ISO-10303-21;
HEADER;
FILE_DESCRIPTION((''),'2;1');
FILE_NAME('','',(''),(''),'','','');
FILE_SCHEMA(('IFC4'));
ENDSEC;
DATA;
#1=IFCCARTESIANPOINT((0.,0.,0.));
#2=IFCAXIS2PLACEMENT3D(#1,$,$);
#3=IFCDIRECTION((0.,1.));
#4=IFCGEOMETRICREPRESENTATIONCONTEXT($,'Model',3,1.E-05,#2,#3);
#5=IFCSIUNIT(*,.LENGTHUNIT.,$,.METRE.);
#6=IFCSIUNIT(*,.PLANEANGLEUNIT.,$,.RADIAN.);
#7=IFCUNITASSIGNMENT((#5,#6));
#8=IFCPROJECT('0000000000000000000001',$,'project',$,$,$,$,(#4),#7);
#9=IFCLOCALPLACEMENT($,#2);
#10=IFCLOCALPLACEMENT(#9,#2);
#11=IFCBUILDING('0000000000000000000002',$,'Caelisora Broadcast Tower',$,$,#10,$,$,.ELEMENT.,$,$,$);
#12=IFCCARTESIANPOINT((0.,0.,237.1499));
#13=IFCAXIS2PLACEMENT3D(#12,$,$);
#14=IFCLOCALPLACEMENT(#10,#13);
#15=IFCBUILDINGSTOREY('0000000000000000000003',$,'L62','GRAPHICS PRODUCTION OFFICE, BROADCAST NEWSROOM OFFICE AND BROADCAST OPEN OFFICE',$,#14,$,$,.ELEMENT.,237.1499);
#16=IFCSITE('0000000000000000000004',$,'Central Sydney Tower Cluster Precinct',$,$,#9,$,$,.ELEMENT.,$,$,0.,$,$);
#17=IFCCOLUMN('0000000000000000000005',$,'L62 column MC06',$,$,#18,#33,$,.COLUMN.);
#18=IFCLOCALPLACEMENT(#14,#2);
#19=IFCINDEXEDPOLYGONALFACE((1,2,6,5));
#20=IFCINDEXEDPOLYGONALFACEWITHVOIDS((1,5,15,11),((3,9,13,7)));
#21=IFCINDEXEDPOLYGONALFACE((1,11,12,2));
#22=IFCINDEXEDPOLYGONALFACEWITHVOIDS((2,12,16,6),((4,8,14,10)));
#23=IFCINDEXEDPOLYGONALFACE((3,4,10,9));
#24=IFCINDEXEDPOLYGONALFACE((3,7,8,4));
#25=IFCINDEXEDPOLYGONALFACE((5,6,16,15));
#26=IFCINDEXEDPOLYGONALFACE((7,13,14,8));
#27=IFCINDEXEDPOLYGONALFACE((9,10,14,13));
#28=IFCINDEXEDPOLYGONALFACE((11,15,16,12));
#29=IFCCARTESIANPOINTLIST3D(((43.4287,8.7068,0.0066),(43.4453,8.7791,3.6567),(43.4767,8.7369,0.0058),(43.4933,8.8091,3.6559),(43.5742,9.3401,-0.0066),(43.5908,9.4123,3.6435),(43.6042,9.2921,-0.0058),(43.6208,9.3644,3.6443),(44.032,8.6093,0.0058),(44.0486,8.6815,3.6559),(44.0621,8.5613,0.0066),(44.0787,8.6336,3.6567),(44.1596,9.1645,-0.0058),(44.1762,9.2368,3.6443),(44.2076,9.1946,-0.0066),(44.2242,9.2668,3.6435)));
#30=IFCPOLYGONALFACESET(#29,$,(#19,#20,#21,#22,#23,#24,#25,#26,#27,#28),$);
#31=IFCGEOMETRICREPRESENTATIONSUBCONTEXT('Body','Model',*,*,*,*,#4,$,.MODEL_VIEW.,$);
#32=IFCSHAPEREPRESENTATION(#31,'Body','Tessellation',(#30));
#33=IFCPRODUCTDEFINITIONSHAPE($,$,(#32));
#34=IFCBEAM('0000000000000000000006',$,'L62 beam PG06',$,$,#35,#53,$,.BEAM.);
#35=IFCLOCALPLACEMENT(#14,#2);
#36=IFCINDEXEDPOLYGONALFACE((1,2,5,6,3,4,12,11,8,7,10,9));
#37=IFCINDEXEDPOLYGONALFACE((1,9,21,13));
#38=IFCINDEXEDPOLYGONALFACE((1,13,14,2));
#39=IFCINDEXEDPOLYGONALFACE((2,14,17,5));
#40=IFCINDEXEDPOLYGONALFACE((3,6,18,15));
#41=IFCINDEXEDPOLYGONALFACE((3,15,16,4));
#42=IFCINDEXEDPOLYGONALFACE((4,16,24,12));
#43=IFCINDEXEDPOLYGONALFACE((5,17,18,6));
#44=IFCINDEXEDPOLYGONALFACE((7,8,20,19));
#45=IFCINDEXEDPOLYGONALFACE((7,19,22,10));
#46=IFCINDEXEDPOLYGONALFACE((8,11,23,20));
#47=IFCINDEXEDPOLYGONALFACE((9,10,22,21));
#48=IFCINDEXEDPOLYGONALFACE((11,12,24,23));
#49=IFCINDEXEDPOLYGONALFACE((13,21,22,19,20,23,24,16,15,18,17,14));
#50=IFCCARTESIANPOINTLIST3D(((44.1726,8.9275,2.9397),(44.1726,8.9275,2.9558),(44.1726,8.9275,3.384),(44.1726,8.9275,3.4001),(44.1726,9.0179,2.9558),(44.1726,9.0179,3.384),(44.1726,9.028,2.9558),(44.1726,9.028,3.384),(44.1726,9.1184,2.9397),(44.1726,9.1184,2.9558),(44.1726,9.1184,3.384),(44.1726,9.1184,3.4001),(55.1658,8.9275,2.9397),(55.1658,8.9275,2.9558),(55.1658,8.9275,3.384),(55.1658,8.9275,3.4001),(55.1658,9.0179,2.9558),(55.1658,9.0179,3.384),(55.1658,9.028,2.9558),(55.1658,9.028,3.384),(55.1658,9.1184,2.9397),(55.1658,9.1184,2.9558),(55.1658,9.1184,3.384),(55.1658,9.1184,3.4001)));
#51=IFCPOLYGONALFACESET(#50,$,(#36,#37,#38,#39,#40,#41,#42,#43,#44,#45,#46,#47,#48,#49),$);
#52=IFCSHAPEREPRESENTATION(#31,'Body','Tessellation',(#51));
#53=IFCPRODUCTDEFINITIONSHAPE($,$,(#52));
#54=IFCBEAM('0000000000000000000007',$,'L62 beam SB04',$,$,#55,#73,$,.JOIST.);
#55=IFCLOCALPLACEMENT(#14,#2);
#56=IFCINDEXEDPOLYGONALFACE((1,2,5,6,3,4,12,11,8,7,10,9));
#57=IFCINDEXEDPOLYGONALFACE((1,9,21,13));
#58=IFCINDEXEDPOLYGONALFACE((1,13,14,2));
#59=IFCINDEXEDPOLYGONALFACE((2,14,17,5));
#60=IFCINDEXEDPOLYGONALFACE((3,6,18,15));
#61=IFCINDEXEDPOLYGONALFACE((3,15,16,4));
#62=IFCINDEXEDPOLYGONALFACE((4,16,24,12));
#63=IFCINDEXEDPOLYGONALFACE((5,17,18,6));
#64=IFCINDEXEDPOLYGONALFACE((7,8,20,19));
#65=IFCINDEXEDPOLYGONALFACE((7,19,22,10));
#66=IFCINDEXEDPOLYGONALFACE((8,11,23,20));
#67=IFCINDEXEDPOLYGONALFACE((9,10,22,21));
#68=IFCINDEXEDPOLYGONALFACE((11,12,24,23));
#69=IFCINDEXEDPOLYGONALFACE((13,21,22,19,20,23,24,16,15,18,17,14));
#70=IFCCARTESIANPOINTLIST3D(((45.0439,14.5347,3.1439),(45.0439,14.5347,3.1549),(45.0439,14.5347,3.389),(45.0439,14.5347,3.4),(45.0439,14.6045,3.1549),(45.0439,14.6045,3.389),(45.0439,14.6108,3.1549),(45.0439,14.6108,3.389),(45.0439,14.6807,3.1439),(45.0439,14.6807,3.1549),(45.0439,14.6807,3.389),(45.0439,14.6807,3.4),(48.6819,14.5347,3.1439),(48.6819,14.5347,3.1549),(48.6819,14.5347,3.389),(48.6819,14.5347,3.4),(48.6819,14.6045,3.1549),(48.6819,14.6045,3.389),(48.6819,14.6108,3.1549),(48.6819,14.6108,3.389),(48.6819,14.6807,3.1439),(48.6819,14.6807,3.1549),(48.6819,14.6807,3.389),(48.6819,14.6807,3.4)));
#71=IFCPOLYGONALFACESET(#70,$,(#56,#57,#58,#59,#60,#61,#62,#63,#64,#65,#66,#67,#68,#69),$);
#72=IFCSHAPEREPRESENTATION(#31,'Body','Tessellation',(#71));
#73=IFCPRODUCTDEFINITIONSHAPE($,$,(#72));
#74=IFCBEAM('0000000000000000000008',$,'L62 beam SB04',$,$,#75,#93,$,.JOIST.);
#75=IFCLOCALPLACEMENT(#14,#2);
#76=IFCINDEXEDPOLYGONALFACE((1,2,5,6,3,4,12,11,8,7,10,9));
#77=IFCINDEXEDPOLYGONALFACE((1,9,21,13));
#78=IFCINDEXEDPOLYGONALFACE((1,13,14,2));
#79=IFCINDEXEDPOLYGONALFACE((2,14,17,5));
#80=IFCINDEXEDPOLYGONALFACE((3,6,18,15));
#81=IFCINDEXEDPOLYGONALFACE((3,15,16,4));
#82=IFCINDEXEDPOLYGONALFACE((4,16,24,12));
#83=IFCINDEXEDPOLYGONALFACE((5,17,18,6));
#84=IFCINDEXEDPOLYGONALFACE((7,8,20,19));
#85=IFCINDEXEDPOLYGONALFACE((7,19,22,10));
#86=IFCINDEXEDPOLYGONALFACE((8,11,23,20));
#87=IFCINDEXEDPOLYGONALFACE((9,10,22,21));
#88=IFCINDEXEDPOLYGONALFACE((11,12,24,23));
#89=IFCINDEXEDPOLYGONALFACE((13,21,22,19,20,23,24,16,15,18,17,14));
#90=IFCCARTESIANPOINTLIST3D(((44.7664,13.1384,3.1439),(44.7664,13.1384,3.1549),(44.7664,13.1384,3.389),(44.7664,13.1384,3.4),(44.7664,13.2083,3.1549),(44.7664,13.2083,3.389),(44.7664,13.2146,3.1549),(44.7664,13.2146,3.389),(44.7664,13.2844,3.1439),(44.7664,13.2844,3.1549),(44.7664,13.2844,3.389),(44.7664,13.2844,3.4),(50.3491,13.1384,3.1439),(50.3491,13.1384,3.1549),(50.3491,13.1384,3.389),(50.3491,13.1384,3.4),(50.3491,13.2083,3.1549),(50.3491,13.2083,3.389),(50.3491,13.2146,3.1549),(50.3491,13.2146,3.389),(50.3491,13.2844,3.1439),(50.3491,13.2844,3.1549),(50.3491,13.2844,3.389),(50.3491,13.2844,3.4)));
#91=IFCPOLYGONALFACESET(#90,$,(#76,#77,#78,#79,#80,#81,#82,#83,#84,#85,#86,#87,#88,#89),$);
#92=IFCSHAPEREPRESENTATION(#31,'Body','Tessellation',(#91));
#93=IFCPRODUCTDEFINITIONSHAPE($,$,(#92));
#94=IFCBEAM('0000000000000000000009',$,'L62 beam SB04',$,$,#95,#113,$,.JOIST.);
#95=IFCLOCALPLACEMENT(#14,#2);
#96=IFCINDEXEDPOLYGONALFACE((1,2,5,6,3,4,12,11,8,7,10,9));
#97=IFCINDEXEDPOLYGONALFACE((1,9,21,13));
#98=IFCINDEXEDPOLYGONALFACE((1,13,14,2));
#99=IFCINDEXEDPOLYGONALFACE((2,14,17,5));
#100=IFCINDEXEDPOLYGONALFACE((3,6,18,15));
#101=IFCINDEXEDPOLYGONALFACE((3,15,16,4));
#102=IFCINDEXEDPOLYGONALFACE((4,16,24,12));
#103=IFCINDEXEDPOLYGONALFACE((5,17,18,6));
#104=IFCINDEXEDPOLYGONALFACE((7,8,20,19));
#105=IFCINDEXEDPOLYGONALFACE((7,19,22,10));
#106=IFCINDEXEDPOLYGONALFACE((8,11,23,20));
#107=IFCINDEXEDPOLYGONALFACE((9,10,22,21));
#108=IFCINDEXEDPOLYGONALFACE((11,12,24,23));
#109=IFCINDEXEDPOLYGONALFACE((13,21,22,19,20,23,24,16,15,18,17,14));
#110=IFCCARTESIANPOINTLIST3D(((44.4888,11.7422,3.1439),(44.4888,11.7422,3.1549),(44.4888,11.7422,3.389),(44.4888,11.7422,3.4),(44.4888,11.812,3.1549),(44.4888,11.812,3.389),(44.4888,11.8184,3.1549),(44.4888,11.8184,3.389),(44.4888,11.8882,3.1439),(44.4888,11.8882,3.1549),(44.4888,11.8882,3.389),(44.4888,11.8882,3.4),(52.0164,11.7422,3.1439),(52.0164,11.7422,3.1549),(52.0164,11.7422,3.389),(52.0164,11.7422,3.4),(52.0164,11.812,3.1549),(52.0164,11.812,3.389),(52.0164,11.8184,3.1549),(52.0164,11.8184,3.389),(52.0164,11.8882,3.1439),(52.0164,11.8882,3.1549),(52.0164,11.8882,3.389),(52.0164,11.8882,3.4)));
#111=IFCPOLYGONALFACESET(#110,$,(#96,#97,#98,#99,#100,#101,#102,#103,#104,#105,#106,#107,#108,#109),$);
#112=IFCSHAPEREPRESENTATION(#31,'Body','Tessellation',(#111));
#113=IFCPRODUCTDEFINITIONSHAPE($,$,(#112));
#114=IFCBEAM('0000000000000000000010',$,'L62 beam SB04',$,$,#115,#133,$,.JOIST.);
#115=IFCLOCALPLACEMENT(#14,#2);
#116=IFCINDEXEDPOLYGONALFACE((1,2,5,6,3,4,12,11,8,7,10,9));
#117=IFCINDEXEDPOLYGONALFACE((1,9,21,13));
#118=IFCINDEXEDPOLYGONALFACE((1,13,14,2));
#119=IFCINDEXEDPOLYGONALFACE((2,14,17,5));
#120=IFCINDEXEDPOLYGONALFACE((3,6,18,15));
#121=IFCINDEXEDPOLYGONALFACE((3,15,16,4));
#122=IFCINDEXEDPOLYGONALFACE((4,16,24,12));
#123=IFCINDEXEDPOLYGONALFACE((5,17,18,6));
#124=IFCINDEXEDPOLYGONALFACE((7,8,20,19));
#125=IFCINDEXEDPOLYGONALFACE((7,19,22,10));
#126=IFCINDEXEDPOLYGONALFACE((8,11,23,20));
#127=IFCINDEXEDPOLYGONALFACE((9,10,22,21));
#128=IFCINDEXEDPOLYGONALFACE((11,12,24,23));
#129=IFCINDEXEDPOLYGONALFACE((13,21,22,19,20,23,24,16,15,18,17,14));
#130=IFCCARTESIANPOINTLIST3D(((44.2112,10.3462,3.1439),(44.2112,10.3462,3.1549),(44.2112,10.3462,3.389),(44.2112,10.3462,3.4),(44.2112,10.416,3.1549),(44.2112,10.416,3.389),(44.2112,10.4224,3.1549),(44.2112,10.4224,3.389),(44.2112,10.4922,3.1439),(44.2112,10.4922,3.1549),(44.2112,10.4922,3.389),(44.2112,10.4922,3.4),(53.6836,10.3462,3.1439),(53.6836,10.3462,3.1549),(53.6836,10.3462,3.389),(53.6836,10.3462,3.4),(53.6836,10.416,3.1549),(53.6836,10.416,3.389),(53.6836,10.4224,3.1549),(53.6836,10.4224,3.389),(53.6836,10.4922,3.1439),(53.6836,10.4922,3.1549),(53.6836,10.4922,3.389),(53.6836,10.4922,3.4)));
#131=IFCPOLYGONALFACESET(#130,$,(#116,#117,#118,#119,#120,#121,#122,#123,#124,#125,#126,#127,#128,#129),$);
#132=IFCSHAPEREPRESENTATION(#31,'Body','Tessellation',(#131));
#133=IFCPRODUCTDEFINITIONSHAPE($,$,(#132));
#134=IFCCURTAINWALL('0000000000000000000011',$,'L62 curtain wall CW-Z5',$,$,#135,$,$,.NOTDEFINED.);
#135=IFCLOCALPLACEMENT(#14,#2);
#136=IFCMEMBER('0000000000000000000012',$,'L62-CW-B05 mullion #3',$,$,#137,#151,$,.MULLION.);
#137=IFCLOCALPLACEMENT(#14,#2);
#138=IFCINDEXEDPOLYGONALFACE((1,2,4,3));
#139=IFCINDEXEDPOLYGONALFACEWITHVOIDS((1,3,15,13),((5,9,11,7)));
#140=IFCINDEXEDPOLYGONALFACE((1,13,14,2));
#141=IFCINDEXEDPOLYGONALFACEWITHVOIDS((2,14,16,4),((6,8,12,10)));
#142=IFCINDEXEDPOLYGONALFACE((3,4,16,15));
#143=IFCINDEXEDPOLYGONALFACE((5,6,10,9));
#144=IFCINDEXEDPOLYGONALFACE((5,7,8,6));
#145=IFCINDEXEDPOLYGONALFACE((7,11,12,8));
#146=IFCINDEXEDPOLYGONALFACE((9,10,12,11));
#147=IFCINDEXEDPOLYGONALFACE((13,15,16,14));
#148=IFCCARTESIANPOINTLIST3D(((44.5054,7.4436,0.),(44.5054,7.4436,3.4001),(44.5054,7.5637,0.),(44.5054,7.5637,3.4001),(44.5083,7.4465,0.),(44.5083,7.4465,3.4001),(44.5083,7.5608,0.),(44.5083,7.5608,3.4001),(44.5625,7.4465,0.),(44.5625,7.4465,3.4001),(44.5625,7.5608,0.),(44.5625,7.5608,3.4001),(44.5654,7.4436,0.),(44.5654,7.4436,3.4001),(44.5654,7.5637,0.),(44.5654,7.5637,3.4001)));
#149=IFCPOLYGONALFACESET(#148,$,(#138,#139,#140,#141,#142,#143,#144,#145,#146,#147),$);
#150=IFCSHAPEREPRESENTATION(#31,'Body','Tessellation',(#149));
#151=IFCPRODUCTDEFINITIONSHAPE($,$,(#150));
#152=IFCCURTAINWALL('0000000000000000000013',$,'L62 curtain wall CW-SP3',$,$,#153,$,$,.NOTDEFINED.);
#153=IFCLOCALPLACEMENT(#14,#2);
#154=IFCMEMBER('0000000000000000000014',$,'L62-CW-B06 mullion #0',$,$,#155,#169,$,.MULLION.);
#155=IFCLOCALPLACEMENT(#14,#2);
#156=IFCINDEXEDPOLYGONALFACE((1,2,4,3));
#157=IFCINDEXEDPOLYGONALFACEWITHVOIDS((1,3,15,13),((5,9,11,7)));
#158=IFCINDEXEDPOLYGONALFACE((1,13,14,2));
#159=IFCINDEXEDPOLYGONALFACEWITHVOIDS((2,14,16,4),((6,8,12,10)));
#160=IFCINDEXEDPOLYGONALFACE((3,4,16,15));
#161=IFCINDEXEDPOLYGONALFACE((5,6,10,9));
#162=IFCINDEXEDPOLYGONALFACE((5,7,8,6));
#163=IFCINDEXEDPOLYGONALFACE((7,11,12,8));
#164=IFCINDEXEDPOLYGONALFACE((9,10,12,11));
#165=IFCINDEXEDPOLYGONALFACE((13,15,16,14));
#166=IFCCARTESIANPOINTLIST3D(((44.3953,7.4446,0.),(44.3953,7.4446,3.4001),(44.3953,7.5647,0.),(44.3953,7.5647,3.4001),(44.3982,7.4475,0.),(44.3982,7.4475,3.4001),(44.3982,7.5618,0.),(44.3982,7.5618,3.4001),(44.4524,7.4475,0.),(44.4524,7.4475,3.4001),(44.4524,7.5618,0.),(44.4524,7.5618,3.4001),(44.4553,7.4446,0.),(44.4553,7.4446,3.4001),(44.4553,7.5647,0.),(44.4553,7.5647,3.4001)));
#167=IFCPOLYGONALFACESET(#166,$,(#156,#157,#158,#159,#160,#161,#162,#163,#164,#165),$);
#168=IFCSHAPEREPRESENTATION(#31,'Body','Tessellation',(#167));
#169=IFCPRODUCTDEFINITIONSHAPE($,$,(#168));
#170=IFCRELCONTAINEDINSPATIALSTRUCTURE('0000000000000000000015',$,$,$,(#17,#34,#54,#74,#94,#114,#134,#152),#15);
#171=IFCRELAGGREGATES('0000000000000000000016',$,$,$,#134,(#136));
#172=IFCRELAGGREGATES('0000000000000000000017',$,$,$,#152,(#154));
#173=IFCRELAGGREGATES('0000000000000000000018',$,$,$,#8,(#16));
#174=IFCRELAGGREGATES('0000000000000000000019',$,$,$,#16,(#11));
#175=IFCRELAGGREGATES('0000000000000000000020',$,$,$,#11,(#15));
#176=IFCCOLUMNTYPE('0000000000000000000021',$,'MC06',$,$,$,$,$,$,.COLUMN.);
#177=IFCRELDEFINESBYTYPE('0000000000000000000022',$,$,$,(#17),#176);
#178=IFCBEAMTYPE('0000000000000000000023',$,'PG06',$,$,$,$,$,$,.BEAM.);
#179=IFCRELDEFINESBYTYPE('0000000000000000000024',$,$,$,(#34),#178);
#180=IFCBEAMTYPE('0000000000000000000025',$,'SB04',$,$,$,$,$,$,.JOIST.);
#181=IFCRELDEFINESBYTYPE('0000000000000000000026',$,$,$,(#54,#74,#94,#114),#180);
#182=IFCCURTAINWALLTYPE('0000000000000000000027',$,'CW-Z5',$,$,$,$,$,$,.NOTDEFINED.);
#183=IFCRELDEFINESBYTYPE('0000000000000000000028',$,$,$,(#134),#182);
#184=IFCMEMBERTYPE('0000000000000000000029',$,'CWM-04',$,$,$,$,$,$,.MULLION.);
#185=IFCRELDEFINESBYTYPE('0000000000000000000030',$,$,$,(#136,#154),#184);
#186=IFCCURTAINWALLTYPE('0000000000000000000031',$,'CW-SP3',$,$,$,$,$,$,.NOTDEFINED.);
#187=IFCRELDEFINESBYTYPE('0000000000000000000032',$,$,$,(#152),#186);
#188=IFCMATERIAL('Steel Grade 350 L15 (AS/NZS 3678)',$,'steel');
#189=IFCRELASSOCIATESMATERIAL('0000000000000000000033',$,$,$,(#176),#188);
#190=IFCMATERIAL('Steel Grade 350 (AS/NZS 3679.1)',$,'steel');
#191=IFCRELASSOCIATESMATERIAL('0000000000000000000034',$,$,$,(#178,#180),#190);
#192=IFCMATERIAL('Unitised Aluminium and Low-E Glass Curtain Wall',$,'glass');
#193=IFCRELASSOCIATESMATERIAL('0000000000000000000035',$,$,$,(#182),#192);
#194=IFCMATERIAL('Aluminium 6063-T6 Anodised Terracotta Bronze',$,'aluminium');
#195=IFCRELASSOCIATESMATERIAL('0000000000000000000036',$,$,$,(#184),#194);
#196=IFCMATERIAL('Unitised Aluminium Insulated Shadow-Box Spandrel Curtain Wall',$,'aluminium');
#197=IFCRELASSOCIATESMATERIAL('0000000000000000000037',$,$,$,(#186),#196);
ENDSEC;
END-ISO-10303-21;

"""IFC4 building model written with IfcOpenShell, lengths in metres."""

from ifc_helpers import new_model, si_unit, direction, frame, origin, origin_2d, place, context, subcontext, project, spatial, hollow_rectangle, i_section, extrude, source, transform, mapped, material, material_profile, profile_set, type_object, type_shapes, element, aggregate, save


model = new_model("IFC4")

# Units and contexts
model_context = context("Model", 3, precision=1e-05, world=origin(), true_north=direction((0.0, 1.0)))
body_context = subcontext(model_context, "Body", "Model", "MODEL_VIEW")
ifc_project = project(units=[si_unit("LENGTHUNIT", "METRE"), si_unit("PLANEANGLEUNIT", "RADIAN")], contexts=[model_context])

# Site, building, storey
site_placement = place(None, origin())
site = spatial("IfcSite", under=ifc_project, at=site_placement, Name="Central Sydney Tower Cluster Precinct", CompositionType="ELEMENT", RefElevation=0.0)
building_placement = place(site_placement, origin())
building = spatial("IfcBuilding", under=site, at=building_placement, Name="Caelisora Broadcast Tower", CompositionType="ELEMENT")
storey_placement = place(building_placement, frame((0.0, 0.0, 237.1499)))
storey = spatial("IfcBuildingStorey", under=building, at=storey_placement, Name="L62", Description="GRAPHICS PRODUCTION OFFICE, BROADCAST NEWSROOM OFFICE AND BROADCAST OPEN OFFICE", CompositionType="ELEMENT", Elevation=237.1499)

# Column
ifc_material_1 = material(Name="Steel Grade 350 L15 (AS/NZS 3678)", Category="steel")
ifc_material_profile_1 = material_profile(ifc_material_1, hollow_rectangle(XDim=0.6499, YDim=0.6499, WallThickness=0.04, at=origin_2d()), Name="Steel Grade 350 L15 (AS/NZS 3678)")
ifc_profile_set_1 = profile_set([ifc_material_profile_1], Name="Steel Grade 350 L15 (AS/NZS 3678)")
column_type = type_object("IfcColumnType", Name="MC06", PredefinedType="COLUMN", material=ifc_profile_set_1)
shared_shape_1 = source(origin(), body_context, "Body", "SweptSolid", [
    extrude(hollow_rectangle(XDim=0.6499, YDim=0.6499, WallThickness=0.04, at=origin_2d()), origin(), (0.0, 0.0, 1.0), 3.6509),
])
type_shapes(column_type, [shared_shape_1])
column_placement = place(storey_placement, frame((43.8181, 8.9507, 0.0), z_axis=(0.004547, 0.019794, 0.999794), x_axis=(-0.974613, 0.223898, 0.0)))
element("IfcColumn", 1, at=column_placement, inside=storey, type_object=column_type, Name="L62 column MC06", PredefinedType="COLUMN", context=body_context, shape_type="MappedRepresentation", body=[
    mapped(shared_shape_1, transform((0.0, 0.0, 0.0), scale=1.0)),
])

# Beams
ifc_material_2 = material(Name="Steel Grade 350 (AS/NZS 3679.1)", Category="steel")
ifc_material_profile_2 = material_profile(ifc_material_2, i_section(OverallWidth=0.1909, OverallDepth=0.4604, WebThickness=0.01, FlangeThickness=0.0161, at=origin_2d()), Name="Steel Grade 350 (AS/NZS 3679.1)")
ifc_profile_set_2 = profile_set([ifc_material_profile_2], Name="Steel Grade 350 (AS/NZS 3679.1)")
beam_type_1 = type_object("IfcBeamType", Name="PG06", PredefinedType="BEAM", material=ifc_profile_set_2)
shared_shape_2 = source(origin(), body_context, "Body", "SweptSolid", [
    extrude(i_section(OverallWidth=0.1909, OverallDepth=0.4604, WebThickness=0.01, FlangeThickness=0.0161, at=origin_2d()), origin(), (0.0, 0.0, 1.0), 10.9932),
])
type_shapes(beam_type_1, [shared_shape_2])
beam_1_placement = place(storey_placement, frame((44.1726, 9.0229, 3.1699), z_axis=(1.0, 0.0, 0.0), x_axis=(0.0, 1.0, 0.0)))
element("IfcBeam", 2, at=beam_1_placement, inside=storey, type_object=beam_type_1, Name="L62 beam PG06", PredefinedType="BEAM", context=body_context, shape_type="MappedRepresentation", body=[
    mapped(shared_shape_2, transform((0.0, 0.0, 0.0), scale=1.0)),
])
ifc_material_profile_3 = material_profile(ifc_material_2, i_section(OverallWidth=0.146, OverallDepth=0.2561, WebThickness=0.0063, FlangeThickness=0.011, at=origin_2d()), Name="Steel Grade 350 (AS/NZS 3679.1)")
ifc_profile_set_3 = profile_set([ifc_material_profile_3], Name="Steel Grade 350 (AS/NZS 3679.1)")
beam_type_2 = type_object("IfcBeamType", Name="SB04", PredefinedType="JOIST", material=ifc_profile_set_3)
shared_shape_3 = source(origin(), body_context, "Body", "SweptSolid", [
    extrude(i_section(OverallWidth=0.146, OverallDepth=0.2561, WebThickness=0.0063, FlangeThickness=0.011, at=origin_2d()), origin(), (0.0, 0.0, 1.0), 3.6379),
])
beam_2_placement = place(storey_placement, frame((45.0439, 14.6077, 3.272), z_axis=(1.0, 0.0, 0.0), x_axis=(0.0, 1.0, 0.0)))
element("IfcBeam", 3, at=beam_2_placement, inside=storey, type_object=beam_type_2, Name="L62 beam SB04", PredefinedType="JOIST", context=body_context, shape_type="MappedRepresentation", body=[
    mapped(shared_shape_3, transform((0.0, 0.0, 0.0), scale=1.0)),
])
shared_shape_4 = source(origin(), body_context, "Body", "SweptSolid", [
    extrude(i_section(OverallWidth=0.146, OverallDepth=0.2561, WebThickness=0.0063, FlangeThickness=0.011, at=origin_2d()), origin(), (0.0, 0.0, 1.0), 5.5828),
])
beam_3_placement = place(storey_placement, frame((44.7664, 13.2114, 3.272), z_axis=(1.0, 0.0, 0.0), x_axis=(0.0, 1.0, 0.0)))
element("IfcBeam", 4, at=beam_3_placement, inside=storey, type_object=beam_type_2, Name="L62 beam SB04", PredefinedType="JOIST", context=body_context, shape_type="MappedRepresentation", body=[
    mapped(shared_shape_4, transform((0.0, 0.0, 0.0), scale=1.0)),
])
shared_shape_5 = source(origin(), body_context, "Body", "SweptSolid", [
    extrude(i_section(OverallWidth=0.146, OverallDepth=0.2561, WebThickness=0.0063, FlangeThickness=0.011, at=origin_2d()), origin(), (0.0, 0.0, 1.0), 7.5276),
])
beam_4_placement = place(storey_placement, frame((44.4888, 11.8152, 3.272), z_axis=(1.0, 0.0, 0.0), x_axis=(0.0, 1.0, 0.0)))
element("IfcBeam", 5, at=beam_4_placement, inside=storey, type_object=beam_type_2, Name="L62 beam SB04", PredefinedType="JOIST", context=body_context, shape_type="MappedRepresentation", body=[
    mapped(shared_shape_5, transform((0.0, 0.0, 0.0), scale=1.0)),
])
shared_shape_6 = source(origin(), body_context, "Body", "SweptSolid", [
    extrude(i_section(OverallWidth=0.146, OverallDepth=0.2561, WebThickness=0.0063, FlangeThickness=0.011, at=origin_2d()), origin(), (0.0, 0.0, 1.0), 9.4724),
])
type_shapes(beam_type_2, [shared_shape_3, shared_shape_4, shared_shape_5, shared_shape_6])
beam_5_placement = place(storey_placement, frame((44.2112, 10.4192, 3.272), z_axis=(1.0, 0.0, 0.0), x_axis=(0.0, 1.0, 0.0)))
element("IfcBeam", 6, at=beam_5_placement, inside=storey, type_object=beam_type_2, Name="L62 beam SB04", PredefinedType="JOIST", context=body_context, shape_type="MappedRepresentation", body=[
    mapped(shared_shape_6, transform((0.0, 0.0, 0.0), scale=1.0)),
])

# Curtain wall, member
ifc_material_3 = material(Name="Unitised Aluminium and Low-E Glass Curtain Wall", Category="glass")
curtain_wall_type_1 = type_object("IfcCurtainWallType", Name="CW-Z5", PredefinedType="NOTDEFINED", material=ifc_material_3)
curtain_wall_1_placement = place(storey_placement, origin())
curtain_wall_1 = element("IfcCurtainWall", 7, at=curtain_wall_1_placement, inside=storey, type_object=curtain_wall_type_1, Name="L62 curtain wall CW-Z5", PredefinedType="NOTDEFINED")
ifc_material_4 = material(Name="Aluminium 6063-T6 Anodised Terracotta Bronze", Category="aluminium")
ifc_material_profile_4 = material_profile(ifc_material_4, hollow_rectangle(XDim=0.0601, YDim=0.1201, WallThickness=0.0029, at=origin_2d()), Name="Aluminium 6063-T6 Anodised Terracotta Bronze")
ifc_profile_set_4 = profile_set([ifc_material_profile_4], Name="Aluminium 6063-T6 Anodised Terracotta Bronze")
member_type_1 = type_object("IfcMemberType", Name="CWM-04", PredefinedType="MULLION", material=ifc_profile_set_4)
shared_shape_7 = source(origin(), body_context, "Body", "SweptSolid", [
    extrude(hollow_rectangle(XDim=0.0601, YDim=0.1201, WallThickness=0.0029, at=origin_2d()), origin(), (0.0, 0.0, 1.0), 3.4001),
])
type_shapes(member_type_1, [shared_shape_7])
member_1_placement = place(storey_placement, frame((44.5354, 7.5037, 0.0), z_axis=(0.0, 0.0, 1.0), x_axis=(1.0, 0.0, 0.0)))
member_1 = element("IfcMember", 8, at=member_1_placement, type_object=member_type_1, Name="L62-CW-B05 mullion #3", PredefinedType="MULLION", context=body_context, shape_type="MappedRepresentation", body=[
    mapped(shared_shape_7, transform((0.0, 0.0, 0.0), scale=1.0)),
])
aggregate(curtain_wall_1, [member_1])

# Curtain wall, member
ifc_material_5 = material(Name="Unitised Aluminium Insulated Shadow-Box Spandrel Curtain Wall", Category="aluminium")
curtain_wall_type_2 = type_object("IfcCurtainWallType", Name="CW-SP3", PredefinedType="NOTDEFINED", material=ifc_material_5)
curtain_wall_2_placement = place(storey_placement, origin())
curtain_wall_2 = element("IfcCurtainWall", 9, at=curtain_wall_2_placement, inside=storey, type_object=curtain_wall_type_2, Name="L62 curtain wall CW-SP3", PredefinedType="NOTDEFINED")
member_2_placement = place(storey_placement, frame((44.4253, 7.5046, 0.0), z_axis=(0.0, 0.0, 1.0), x_axis=(1.0, 0.0, 0.0)))
member_2 = element("IfcMember", 10, at=member_2_placement, type_object=member_type_1, Name="L62-CW-B06 mullion #0", PredefinedType="MULLION", context=body_context, shape_type="MappedRepresentation", body=[
    mapped(shared_shape_7, transform((0.0, 0.0, 0.0), scale=1.0)),
])

aggregate(curtain_wall_2, [member_2])

save(model, "model.ifc")
